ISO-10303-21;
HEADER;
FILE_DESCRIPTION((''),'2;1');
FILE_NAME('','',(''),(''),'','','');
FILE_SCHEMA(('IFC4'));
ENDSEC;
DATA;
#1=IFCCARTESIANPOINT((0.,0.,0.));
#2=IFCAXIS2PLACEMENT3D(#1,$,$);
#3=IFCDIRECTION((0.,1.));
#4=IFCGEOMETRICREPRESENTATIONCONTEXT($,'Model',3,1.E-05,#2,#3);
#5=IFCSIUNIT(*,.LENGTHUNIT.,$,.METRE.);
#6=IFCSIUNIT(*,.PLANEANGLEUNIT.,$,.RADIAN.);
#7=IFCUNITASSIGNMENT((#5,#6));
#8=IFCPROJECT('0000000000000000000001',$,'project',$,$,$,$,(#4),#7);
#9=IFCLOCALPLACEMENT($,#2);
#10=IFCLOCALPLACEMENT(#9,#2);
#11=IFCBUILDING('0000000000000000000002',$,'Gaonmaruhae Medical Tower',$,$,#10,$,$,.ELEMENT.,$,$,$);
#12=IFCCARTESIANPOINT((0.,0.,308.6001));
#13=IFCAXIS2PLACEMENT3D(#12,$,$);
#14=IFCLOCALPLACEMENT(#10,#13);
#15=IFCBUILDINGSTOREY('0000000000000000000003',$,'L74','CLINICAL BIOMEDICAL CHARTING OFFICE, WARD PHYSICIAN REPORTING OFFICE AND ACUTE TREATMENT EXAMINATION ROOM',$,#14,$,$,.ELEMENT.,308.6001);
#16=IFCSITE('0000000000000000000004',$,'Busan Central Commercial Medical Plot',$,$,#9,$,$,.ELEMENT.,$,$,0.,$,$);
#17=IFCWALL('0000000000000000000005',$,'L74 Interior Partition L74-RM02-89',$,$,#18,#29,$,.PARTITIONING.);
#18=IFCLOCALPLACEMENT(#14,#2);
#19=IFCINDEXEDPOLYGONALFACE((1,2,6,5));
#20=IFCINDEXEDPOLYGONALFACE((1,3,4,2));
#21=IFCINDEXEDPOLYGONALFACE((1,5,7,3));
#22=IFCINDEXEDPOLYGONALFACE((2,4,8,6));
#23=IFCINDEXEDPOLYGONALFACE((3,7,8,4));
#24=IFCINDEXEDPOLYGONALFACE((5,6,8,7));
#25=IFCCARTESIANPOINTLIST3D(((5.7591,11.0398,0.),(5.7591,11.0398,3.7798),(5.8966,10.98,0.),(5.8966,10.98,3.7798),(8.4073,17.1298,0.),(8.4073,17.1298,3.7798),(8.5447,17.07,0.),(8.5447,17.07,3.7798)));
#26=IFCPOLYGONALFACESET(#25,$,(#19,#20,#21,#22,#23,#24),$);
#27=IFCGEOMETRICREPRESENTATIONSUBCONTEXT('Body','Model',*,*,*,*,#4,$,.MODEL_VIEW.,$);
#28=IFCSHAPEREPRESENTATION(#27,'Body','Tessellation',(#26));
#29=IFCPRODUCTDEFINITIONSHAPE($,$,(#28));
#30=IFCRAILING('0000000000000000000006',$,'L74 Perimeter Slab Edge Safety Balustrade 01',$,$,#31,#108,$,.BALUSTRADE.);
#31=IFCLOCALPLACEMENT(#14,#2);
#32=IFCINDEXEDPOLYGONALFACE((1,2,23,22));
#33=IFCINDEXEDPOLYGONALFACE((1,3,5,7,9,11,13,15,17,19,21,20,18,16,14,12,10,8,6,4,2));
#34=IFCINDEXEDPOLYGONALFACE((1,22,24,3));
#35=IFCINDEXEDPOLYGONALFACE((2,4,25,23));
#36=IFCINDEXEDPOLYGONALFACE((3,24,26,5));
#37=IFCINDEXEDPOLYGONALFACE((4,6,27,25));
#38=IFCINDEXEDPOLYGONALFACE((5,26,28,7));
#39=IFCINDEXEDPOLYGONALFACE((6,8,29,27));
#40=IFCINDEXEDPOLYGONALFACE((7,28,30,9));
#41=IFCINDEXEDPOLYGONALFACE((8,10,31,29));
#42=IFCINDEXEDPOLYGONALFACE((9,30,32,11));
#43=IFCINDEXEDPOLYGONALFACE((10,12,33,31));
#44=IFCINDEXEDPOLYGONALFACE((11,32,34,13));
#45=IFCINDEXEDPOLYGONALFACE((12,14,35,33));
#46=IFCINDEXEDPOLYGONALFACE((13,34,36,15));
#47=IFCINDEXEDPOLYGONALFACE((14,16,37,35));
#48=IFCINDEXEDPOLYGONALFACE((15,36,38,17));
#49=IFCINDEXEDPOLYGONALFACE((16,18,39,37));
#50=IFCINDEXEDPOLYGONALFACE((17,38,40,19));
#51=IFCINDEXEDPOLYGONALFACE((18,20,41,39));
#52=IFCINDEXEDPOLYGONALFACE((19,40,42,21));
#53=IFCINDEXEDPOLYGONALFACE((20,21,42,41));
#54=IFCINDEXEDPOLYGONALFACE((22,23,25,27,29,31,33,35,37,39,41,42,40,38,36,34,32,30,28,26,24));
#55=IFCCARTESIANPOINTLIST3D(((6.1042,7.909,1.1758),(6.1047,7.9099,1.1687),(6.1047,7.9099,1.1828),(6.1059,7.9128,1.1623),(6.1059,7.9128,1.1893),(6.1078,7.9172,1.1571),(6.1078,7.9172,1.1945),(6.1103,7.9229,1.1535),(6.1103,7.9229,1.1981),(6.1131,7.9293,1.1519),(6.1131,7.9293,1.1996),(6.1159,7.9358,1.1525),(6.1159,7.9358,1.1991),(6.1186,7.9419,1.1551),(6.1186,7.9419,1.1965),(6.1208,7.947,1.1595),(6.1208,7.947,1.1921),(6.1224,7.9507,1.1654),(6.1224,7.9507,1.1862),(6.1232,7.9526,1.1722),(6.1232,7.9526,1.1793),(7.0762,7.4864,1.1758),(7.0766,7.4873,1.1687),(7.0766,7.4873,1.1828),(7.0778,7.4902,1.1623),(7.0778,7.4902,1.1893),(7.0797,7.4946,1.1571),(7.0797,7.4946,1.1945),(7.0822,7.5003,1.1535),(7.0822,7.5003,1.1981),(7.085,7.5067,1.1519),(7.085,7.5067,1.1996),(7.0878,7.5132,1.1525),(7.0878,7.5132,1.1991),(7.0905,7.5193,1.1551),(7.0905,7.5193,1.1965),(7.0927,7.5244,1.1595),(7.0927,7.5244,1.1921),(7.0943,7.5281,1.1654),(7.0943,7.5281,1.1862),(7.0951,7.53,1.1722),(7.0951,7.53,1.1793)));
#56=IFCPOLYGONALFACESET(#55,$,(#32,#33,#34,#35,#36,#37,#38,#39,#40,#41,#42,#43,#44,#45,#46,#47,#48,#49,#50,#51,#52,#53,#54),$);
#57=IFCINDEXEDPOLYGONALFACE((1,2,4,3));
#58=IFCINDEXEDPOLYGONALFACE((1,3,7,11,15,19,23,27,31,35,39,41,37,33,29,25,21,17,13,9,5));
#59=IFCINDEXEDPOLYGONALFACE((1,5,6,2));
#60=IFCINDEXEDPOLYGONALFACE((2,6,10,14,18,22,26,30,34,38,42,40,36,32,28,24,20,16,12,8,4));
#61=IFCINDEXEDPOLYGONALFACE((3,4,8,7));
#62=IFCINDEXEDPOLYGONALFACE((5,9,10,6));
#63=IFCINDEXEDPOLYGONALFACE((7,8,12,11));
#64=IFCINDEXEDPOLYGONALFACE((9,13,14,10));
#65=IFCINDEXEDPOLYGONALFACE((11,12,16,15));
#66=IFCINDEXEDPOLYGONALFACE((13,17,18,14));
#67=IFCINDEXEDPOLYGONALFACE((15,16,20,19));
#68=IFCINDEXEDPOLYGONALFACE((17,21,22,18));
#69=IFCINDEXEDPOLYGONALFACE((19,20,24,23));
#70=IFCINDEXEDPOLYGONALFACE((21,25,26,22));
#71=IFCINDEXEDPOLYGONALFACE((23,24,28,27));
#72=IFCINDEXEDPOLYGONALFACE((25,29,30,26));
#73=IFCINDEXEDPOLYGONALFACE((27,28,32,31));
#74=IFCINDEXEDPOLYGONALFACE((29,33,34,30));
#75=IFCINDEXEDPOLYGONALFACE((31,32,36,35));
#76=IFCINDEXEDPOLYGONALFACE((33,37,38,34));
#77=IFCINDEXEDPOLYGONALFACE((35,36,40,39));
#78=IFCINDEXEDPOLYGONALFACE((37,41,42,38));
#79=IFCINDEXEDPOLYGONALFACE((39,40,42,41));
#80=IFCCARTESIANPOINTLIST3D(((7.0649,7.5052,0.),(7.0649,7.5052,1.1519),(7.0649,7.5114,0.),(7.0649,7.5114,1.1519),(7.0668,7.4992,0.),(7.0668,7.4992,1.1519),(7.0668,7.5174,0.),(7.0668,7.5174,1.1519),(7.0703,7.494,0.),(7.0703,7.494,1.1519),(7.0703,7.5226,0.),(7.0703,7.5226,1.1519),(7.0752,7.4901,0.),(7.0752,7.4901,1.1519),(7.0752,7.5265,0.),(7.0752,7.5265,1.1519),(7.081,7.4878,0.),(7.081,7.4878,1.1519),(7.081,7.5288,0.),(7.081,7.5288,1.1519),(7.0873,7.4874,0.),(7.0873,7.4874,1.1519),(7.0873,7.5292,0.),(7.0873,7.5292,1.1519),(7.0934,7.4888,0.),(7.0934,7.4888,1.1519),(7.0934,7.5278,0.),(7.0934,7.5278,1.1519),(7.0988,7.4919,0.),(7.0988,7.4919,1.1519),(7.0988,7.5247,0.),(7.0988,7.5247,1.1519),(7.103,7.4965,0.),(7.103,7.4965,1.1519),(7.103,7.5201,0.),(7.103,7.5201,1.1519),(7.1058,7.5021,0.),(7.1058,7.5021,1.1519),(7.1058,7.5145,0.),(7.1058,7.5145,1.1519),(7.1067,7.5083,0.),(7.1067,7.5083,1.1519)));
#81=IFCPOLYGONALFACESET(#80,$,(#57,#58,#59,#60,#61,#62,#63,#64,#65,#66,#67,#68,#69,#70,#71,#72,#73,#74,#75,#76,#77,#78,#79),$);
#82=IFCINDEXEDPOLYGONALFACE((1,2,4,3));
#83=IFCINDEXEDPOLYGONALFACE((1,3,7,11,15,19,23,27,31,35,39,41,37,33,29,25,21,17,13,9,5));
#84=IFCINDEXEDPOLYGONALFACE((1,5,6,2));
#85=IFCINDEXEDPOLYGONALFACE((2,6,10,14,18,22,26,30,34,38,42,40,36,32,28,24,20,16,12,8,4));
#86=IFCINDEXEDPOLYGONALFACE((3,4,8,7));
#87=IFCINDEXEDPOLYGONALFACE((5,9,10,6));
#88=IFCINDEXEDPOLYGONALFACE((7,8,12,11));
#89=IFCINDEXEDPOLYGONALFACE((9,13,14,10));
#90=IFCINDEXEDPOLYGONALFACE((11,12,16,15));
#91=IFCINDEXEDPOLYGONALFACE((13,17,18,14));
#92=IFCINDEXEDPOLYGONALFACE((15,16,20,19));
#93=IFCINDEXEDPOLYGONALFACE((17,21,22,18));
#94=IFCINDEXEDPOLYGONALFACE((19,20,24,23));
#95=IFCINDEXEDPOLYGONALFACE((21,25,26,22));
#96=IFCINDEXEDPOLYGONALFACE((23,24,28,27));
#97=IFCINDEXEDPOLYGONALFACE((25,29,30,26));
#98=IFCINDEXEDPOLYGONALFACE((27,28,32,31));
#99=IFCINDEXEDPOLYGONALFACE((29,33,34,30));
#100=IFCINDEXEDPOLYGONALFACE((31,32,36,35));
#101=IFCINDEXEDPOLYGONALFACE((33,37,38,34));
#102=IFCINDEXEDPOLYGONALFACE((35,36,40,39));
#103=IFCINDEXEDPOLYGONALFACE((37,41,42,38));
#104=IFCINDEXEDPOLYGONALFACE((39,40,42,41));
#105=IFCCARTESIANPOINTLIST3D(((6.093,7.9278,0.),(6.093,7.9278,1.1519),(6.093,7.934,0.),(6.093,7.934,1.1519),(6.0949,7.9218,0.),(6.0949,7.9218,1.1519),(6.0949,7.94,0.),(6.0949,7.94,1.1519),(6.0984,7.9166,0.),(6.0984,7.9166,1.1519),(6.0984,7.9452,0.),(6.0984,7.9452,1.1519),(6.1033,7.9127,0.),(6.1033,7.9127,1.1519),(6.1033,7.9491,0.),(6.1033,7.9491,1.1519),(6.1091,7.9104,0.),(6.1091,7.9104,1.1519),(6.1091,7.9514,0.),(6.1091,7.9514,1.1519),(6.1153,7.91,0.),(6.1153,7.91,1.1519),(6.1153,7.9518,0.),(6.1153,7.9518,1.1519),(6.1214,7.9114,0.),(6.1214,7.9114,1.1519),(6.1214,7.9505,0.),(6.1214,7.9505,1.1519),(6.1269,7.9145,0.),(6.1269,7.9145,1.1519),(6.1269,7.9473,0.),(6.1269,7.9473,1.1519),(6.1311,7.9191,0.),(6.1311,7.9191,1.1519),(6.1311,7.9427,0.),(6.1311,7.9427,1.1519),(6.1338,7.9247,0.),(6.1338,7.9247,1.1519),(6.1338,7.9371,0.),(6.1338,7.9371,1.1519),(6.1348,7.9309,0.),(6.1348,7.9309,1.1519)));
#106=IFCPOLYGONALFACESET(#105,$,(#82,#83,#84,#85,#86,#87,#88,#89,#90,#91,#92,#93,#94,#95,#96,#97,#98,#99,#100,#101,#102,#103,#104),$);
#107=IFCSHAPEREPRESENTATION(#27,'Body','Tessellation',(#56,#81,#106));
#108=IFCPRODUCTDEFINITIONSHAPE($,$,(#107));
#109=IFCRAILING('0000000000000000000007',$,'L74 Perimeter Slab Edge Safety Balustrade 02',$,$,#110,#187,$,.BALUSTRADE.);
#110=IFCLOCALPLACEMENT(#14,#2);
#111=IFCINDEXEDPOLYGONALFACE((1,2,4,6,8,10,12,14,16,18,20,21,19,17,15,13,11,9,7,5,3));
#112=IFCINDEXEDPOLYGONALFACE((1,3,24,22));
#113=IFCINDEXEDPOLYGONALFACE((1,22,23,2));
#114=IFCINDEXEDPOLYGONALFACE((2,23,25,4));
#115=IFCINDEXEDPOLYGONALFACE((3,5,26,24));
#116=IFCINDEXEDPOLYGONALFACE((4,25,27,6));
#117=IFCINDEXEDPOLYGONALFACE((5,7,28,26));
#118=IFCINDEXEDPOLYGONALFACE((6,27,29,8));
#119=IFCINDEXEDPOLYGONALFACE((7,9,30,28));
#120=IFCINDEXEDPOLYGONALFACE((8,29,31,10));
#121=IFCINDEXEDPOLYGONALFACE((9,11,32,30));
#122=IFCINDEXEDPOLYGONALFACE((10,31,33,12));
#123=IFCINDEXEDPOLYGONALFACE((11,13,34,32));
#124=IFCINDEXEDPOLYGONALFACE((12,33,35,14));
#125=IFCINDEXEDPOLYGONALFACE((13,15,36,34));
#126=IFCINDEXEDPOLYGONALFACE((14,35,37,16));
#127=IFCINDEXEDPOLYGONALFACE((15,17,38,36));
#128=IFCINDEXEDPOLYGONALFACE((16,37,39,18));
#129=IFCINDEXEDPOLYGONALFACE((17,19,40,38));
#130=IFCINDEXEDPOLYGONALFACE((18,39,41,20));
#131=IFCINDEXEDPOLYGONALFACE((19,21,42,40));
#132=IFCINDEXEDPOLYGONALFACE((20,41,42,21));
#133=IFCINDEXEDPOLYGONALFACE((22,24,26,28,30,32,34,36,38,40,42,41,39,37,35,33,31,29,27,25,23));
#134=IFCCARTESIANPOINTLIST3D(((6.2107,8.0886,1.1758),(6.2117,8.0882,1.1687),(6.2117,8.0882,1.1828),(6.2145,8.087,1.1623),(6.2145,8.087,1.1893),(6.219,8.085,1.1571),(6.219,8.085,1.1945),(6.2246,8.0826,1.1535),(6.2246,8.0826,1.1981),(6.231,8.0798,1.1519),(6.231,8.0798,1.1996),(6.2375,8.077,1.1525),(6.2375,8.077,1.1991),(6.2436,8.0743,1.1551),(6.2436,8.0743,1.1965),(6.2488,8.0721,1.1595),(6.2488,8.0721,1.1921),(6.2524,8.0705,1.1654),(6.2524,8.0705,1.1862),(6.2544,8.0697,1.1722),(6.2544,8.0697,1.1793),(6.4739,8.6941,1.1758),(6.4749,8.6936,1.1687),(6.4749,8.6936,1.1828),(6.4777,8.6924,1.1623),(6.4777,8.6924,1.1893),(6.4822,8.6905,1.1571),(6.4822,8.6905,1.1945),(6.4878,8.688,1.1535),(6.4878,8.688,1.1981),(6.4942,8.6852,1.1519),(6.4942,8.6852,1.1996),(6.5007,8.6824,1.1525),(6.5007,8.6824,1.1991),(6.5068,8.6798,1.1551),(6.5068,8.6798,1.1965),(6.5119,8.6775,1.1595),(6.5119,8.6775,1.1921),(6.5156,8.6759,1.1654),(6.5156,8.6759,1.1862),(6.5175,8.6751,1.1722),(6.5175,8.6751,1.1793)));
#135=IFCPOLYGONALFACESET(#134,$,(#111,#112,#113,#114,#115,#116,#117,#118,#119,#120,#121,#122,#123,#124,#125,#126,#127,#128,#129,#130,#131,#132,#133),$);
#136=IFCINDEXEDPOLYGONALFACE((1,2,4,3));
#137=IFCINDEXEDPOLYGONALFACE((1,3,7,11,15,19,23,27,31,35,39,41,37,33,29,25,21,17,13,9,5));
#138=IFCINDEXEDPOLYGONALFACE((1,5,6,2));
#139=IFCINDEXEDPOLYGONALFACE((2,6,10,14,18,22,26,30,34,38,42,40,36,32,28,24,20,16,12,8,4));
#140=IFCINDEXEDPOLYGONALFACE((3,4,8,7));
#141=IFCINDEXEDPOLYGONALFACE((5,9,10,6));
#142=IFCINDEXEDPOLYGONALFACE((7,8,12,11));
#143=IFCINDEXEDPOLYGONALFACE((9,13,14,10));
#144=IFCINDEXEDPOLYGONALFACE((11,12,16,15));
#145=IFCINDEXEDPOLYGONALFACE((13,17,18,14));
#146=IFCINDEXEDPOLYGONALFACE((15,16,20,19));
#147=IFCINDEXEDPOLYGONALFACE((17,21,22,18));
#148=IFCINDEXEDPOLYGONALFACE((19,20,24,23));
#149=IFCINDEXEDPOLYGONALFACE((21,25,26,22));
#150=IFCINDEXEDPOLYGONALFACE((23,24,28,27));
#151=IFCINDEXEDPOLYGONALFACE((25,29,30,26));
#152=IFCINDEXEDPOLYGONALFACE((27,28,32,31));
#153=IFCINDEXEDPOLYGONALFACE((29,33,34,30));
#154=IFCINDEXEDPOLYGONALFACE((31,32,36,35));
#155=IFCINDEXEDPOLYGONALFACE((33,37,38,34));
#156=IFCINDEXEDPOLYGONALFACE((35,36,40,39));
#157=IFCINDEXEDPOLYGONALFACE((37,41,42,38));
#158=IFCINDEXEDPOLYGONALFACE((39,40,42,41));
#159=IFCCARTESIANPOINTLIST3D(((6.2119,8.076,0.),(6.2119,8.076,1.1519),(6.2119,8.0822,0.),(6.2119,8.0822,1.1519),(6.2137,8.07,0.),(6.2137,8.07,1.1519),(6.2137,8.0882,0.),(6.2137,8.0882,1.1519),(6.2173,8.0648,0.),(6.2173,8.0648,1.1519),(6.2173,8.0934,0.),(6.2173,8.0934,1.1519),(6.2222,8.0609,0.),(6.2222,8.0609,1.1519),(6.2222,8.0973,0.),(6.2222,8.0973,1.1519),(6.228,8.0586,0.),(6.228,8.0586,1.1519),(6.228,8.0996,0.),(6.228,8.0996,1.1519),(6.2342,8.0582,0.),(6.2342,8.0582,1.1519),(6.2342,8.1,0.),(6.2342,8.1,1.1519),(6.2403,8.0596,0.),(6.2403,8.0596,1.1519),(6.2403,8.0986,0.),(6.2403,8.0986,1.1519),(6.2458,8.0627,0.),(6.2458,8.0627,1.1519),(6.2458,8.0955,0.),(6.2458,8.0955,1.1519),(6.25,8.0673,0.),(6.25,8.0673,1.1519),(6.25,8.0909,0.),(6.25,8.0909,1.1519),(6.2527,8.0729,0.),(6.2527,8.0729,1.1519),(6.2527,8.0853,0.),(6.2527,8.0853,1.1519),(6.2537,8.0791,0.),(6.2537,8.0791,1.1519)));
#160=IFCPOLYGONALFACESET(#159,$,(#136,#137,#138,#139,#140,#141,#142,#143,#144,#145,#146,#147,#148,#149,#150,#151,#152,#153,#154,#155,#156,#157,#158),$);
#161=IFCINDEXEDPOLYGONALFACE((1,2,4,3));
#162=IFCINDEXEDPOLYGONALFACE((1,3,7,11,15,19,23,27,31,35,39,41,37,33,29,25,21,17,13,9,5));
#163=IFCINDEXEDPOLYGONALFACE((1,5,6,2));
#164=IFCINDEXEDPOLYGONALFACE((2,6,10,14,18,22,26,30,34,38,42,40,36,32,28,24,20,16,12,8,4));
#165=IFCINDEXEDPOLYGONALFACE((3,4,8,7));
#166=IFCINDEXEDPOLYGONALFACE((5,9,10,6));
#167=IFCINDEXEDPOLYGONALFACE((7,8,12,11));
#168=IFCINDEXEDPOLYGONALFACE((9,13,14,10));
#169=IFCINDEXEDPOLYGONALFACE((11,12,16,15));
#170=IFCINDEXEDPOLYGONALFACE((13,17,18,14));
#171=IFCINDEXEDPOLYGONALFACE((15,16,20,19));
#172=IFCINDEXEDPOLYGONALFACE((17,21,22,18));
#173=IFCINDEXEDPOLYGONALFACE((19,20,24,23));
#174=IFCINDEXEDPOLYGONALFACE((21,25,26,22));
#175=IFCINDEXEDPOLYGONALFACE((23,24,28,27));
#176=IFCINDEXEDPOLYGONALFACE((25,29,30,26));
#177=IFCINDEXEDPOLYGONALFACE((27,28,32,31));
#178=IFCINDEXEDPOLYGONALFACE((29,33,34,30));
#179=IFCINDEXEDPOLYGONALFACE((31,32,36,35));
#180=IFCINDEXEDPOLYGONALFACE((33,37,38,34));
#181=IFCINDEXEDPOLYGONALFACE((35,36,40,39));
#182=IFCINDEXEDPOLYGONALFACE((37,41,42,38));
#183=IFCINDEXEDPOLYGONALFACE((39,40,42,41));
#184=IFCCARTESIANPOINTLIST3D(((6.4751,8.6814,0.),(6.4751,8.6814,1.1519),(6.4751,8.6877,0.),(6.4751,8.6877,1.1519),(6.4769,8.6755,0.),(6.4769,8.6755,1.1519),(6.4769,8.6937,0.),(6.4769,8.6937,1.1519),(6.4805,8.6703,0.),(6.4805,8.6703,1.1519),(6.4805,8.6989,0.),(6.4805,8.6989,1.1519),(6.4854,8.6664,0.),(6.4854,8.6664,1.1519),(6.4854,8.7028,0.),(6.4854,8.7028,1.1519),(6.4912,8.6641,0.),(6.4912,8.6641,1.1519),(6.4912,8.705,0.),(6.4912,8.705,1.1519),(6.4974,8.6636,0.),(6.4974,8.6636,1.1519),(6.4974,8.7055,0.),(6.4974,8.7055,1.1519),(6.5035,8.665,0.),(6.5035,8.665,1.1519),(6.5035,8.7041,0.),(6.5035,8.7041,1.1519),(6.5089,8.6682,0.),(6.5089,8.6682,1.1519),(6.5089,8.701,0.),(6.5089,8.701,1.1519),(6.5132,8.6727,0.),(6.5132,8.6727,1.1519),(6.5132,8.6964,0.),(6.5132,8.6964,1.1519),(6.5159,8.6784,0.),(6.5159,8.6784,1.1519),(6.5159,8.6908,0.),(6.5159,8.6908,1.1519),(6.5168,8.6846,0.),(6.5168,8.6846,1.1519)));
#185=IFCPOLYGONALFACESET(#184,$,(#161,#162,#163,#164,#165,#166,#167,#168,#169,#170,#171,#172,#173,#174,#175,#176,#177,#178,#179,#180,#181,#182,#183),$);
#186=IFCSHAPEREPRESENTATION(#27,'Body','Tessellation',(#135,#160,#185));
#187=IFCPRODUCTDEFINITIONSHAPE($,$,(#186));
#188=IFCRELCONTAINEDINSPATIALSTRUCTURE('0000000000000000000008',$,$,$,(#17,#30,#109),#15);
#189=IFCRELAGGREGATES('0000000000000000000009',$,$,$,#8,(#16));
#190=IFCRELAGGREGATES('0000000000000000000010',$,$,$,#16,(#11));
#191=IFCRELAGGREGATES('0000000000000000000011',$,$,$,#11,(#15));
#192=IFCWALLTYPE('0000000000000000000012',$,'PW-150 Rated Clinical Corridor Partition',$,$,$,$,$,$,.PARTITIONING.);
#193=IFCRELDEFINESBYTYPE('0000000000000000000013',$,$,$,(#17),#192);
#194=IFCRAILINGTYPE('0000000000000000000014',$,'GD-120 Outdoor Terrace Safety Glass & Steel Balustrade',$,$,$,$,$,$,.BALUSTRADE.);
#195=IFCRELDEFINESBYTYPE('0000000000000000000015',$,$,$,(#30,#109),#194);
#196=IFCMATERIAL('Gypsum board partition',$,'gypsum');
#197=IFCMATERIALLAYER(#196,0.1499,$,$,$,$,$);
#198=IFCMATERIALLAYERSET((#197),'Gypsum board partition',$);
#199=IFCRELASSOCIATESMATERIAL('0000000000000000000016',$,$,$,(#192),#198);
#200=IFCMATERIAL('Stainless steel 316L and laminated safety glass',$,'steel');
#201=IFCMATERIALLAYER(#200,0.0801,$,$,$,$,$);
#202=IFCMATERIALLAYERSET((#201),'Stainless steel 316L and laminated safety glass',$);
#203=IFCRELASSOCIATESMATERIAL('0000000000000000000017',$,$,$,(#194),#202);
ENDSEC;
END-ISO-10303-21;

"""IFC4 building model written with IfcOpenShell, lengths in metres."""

from ifc_helpers import new_model, si_unit, direction, frame, frame_2d, origin, origin_2d, place, context, subcontext, project, spatial, rectangle, circle, extrude, material, layer, layer_set, type_object, element, save


model = new_model("IFC4")

# Units and contexts
model_context = context("Model", 3, precision=1e-05, world=origin(), true_north=direction((0.0, 1.0)))
body_context = subcontext(model_context, "Body", "Model", "MODEL_VIEW")
ifc_project = project(units=[si_unit("LENGTHUNIT", "METRE"), si_unit("PLANEANGLEUNIT", "RADIAN")], contexts=[model_context])

# Site, building, storey
site_placement = place(None, origin())
site = spatial("IfcSite", under=ifc_project, at=site_placement, Name="Busan Central Commercial Medical Plot", CompositionType="ELEMENT", RefElevation=0.0)
building_placement = place(site_placement, origin())
building = spatial("IfcBuilding", under=site, at=building_placement, Name="Gaonmaruhae Medical Tower", CompositionType="ELEMENT")
storey_placement = place(building_placement, frame((0.0, 0.0, 308.6001)))
storey = spatial("IfcBuildingStorey", under=building, at=storey_placement, Name="L74", Description="CLINICAL BIOMEDICAL CHARTING OFFICE, WARD PHYSICIAN REPORTING OFFICE AND ACUTE TREATMENT EXAMINATION ROOM", CompositionType="ELEMENT", Elevation=308.6001)

# Wall
ifc_material_1 = material(Name="Gypsum board partition", Category="gypsum")
ifc_layer_1 = layer(ifc_material_1, 0.1499)
ifc_layer_set_1 = layer_set([ifc_layer_1], Name="Gypsum board partition")
wall_type_1 = type_object("IfcWallType", Name="PW-150 Rated Clinical Corridor Partition", PredefinedType="PARTITIONING", material=ifc_layer_set_1)
wall_1_placement = place(storey_placement, frame((5.8279, 11.01, 0.0), z_axis=(0.0, 0.0, 1.0), x_axis=(0.398768, 0.917052, 0.0)))
element("IfcWall", 1, at=wall_1_placement, inside=storey, type_object=wall_type_1, Name="L74 Interior Partition L74-RM02-89", PredefinedType="PARTITIONING", context=body_context, shape_type="SweptSolid", body=[
    extrude(rectangle(XDim=6.6409, YDim=0.1499, at=frame_2d((3.3203, 0.0))), origin(), (0.0, 0.0, 1.0), 3.7798),
])

# Railings
ifc_material_2 = material(Name="Stainless steel 316L and laminated safety glass", Category="steel")
ifc_layer_2 = layer(ifc_material_2, 0.0801)
ifc_layer_set_2 = layer_set([ifc_layer_2], Name="Stainless steel 316L and laminated safety glass")
railing_type = type_object("IfcRailingType", Name="GD-120 Outdoor Terrace Safety Glass & Steel Balustrade", PredefinedType="BALUSTRADE", material=ifc_layer_set_2)
railing_1_placement = place(storey_placement, frame((7.0857, 7.5083, 0.0)))
element("IfcRailing", 2, at=railing_1_placement, inside=storey, type_object=railing_type, Name="L74 Perimeter Slab Edge Safety Balustrade 01", PredefinedType="BALUSTRADE", context=body_context, shape_type="SweptSolid", body=[
    extrude(circle(Radius=0.0239, at=origin_2d()), frame((0.0, 0.0, 1.1758), z_axis=(-0.917059, 0.398751, 0.0), x_axis=(-0.398751, -0.917059, 0.0)), (0.0, 0.0, 1.0), 1.0598),
    extrude(circle(Radius=0.021, at=origin_2d()), origin(), (0.0, 0.0, 1.0), 1.1519),
    extrude(circle(Radius=0.021, at=origin_2d()), frame((-0.9719, 0.4226, 0.0)), (0.0, 0.0, 1.0), 1.1519),
])
railing_2_placement = place(storey_placement, frame((6.2327, 8.0791, 0.0)))
element("IfcRailing", 3, at=railing_2_placement, inside=storey, type_object=railing_type, Name="L74 Perimeter Slab Edge Safety Balustrade 02", PredefinedType="BALUSTRADE", context=body_context, shape_type="SweptSolid", body=[
    extrude(circle(Radius=0.0239, at=origin_2d()), frame((0.0, 0.0, 1.1758), z_axis=(0.398645, 0.917105, 0.0), x_axis=(-0.917105, 0.398645, 0.0)), (0.0, 0.0, 1.0), 0.6602),
    extrude(circle(Radius=0.021, at=origin_2d()), origin(), (0.0, 0.0, 1.0), 1.1519),
    extrude(circle(Radius=0.021, at=origin_2d()), frame((0.2632, 0.6055, 0.0)), (0.0, 0.0, 1.0), 1.1519),
])

save(model, "model.ifc")
